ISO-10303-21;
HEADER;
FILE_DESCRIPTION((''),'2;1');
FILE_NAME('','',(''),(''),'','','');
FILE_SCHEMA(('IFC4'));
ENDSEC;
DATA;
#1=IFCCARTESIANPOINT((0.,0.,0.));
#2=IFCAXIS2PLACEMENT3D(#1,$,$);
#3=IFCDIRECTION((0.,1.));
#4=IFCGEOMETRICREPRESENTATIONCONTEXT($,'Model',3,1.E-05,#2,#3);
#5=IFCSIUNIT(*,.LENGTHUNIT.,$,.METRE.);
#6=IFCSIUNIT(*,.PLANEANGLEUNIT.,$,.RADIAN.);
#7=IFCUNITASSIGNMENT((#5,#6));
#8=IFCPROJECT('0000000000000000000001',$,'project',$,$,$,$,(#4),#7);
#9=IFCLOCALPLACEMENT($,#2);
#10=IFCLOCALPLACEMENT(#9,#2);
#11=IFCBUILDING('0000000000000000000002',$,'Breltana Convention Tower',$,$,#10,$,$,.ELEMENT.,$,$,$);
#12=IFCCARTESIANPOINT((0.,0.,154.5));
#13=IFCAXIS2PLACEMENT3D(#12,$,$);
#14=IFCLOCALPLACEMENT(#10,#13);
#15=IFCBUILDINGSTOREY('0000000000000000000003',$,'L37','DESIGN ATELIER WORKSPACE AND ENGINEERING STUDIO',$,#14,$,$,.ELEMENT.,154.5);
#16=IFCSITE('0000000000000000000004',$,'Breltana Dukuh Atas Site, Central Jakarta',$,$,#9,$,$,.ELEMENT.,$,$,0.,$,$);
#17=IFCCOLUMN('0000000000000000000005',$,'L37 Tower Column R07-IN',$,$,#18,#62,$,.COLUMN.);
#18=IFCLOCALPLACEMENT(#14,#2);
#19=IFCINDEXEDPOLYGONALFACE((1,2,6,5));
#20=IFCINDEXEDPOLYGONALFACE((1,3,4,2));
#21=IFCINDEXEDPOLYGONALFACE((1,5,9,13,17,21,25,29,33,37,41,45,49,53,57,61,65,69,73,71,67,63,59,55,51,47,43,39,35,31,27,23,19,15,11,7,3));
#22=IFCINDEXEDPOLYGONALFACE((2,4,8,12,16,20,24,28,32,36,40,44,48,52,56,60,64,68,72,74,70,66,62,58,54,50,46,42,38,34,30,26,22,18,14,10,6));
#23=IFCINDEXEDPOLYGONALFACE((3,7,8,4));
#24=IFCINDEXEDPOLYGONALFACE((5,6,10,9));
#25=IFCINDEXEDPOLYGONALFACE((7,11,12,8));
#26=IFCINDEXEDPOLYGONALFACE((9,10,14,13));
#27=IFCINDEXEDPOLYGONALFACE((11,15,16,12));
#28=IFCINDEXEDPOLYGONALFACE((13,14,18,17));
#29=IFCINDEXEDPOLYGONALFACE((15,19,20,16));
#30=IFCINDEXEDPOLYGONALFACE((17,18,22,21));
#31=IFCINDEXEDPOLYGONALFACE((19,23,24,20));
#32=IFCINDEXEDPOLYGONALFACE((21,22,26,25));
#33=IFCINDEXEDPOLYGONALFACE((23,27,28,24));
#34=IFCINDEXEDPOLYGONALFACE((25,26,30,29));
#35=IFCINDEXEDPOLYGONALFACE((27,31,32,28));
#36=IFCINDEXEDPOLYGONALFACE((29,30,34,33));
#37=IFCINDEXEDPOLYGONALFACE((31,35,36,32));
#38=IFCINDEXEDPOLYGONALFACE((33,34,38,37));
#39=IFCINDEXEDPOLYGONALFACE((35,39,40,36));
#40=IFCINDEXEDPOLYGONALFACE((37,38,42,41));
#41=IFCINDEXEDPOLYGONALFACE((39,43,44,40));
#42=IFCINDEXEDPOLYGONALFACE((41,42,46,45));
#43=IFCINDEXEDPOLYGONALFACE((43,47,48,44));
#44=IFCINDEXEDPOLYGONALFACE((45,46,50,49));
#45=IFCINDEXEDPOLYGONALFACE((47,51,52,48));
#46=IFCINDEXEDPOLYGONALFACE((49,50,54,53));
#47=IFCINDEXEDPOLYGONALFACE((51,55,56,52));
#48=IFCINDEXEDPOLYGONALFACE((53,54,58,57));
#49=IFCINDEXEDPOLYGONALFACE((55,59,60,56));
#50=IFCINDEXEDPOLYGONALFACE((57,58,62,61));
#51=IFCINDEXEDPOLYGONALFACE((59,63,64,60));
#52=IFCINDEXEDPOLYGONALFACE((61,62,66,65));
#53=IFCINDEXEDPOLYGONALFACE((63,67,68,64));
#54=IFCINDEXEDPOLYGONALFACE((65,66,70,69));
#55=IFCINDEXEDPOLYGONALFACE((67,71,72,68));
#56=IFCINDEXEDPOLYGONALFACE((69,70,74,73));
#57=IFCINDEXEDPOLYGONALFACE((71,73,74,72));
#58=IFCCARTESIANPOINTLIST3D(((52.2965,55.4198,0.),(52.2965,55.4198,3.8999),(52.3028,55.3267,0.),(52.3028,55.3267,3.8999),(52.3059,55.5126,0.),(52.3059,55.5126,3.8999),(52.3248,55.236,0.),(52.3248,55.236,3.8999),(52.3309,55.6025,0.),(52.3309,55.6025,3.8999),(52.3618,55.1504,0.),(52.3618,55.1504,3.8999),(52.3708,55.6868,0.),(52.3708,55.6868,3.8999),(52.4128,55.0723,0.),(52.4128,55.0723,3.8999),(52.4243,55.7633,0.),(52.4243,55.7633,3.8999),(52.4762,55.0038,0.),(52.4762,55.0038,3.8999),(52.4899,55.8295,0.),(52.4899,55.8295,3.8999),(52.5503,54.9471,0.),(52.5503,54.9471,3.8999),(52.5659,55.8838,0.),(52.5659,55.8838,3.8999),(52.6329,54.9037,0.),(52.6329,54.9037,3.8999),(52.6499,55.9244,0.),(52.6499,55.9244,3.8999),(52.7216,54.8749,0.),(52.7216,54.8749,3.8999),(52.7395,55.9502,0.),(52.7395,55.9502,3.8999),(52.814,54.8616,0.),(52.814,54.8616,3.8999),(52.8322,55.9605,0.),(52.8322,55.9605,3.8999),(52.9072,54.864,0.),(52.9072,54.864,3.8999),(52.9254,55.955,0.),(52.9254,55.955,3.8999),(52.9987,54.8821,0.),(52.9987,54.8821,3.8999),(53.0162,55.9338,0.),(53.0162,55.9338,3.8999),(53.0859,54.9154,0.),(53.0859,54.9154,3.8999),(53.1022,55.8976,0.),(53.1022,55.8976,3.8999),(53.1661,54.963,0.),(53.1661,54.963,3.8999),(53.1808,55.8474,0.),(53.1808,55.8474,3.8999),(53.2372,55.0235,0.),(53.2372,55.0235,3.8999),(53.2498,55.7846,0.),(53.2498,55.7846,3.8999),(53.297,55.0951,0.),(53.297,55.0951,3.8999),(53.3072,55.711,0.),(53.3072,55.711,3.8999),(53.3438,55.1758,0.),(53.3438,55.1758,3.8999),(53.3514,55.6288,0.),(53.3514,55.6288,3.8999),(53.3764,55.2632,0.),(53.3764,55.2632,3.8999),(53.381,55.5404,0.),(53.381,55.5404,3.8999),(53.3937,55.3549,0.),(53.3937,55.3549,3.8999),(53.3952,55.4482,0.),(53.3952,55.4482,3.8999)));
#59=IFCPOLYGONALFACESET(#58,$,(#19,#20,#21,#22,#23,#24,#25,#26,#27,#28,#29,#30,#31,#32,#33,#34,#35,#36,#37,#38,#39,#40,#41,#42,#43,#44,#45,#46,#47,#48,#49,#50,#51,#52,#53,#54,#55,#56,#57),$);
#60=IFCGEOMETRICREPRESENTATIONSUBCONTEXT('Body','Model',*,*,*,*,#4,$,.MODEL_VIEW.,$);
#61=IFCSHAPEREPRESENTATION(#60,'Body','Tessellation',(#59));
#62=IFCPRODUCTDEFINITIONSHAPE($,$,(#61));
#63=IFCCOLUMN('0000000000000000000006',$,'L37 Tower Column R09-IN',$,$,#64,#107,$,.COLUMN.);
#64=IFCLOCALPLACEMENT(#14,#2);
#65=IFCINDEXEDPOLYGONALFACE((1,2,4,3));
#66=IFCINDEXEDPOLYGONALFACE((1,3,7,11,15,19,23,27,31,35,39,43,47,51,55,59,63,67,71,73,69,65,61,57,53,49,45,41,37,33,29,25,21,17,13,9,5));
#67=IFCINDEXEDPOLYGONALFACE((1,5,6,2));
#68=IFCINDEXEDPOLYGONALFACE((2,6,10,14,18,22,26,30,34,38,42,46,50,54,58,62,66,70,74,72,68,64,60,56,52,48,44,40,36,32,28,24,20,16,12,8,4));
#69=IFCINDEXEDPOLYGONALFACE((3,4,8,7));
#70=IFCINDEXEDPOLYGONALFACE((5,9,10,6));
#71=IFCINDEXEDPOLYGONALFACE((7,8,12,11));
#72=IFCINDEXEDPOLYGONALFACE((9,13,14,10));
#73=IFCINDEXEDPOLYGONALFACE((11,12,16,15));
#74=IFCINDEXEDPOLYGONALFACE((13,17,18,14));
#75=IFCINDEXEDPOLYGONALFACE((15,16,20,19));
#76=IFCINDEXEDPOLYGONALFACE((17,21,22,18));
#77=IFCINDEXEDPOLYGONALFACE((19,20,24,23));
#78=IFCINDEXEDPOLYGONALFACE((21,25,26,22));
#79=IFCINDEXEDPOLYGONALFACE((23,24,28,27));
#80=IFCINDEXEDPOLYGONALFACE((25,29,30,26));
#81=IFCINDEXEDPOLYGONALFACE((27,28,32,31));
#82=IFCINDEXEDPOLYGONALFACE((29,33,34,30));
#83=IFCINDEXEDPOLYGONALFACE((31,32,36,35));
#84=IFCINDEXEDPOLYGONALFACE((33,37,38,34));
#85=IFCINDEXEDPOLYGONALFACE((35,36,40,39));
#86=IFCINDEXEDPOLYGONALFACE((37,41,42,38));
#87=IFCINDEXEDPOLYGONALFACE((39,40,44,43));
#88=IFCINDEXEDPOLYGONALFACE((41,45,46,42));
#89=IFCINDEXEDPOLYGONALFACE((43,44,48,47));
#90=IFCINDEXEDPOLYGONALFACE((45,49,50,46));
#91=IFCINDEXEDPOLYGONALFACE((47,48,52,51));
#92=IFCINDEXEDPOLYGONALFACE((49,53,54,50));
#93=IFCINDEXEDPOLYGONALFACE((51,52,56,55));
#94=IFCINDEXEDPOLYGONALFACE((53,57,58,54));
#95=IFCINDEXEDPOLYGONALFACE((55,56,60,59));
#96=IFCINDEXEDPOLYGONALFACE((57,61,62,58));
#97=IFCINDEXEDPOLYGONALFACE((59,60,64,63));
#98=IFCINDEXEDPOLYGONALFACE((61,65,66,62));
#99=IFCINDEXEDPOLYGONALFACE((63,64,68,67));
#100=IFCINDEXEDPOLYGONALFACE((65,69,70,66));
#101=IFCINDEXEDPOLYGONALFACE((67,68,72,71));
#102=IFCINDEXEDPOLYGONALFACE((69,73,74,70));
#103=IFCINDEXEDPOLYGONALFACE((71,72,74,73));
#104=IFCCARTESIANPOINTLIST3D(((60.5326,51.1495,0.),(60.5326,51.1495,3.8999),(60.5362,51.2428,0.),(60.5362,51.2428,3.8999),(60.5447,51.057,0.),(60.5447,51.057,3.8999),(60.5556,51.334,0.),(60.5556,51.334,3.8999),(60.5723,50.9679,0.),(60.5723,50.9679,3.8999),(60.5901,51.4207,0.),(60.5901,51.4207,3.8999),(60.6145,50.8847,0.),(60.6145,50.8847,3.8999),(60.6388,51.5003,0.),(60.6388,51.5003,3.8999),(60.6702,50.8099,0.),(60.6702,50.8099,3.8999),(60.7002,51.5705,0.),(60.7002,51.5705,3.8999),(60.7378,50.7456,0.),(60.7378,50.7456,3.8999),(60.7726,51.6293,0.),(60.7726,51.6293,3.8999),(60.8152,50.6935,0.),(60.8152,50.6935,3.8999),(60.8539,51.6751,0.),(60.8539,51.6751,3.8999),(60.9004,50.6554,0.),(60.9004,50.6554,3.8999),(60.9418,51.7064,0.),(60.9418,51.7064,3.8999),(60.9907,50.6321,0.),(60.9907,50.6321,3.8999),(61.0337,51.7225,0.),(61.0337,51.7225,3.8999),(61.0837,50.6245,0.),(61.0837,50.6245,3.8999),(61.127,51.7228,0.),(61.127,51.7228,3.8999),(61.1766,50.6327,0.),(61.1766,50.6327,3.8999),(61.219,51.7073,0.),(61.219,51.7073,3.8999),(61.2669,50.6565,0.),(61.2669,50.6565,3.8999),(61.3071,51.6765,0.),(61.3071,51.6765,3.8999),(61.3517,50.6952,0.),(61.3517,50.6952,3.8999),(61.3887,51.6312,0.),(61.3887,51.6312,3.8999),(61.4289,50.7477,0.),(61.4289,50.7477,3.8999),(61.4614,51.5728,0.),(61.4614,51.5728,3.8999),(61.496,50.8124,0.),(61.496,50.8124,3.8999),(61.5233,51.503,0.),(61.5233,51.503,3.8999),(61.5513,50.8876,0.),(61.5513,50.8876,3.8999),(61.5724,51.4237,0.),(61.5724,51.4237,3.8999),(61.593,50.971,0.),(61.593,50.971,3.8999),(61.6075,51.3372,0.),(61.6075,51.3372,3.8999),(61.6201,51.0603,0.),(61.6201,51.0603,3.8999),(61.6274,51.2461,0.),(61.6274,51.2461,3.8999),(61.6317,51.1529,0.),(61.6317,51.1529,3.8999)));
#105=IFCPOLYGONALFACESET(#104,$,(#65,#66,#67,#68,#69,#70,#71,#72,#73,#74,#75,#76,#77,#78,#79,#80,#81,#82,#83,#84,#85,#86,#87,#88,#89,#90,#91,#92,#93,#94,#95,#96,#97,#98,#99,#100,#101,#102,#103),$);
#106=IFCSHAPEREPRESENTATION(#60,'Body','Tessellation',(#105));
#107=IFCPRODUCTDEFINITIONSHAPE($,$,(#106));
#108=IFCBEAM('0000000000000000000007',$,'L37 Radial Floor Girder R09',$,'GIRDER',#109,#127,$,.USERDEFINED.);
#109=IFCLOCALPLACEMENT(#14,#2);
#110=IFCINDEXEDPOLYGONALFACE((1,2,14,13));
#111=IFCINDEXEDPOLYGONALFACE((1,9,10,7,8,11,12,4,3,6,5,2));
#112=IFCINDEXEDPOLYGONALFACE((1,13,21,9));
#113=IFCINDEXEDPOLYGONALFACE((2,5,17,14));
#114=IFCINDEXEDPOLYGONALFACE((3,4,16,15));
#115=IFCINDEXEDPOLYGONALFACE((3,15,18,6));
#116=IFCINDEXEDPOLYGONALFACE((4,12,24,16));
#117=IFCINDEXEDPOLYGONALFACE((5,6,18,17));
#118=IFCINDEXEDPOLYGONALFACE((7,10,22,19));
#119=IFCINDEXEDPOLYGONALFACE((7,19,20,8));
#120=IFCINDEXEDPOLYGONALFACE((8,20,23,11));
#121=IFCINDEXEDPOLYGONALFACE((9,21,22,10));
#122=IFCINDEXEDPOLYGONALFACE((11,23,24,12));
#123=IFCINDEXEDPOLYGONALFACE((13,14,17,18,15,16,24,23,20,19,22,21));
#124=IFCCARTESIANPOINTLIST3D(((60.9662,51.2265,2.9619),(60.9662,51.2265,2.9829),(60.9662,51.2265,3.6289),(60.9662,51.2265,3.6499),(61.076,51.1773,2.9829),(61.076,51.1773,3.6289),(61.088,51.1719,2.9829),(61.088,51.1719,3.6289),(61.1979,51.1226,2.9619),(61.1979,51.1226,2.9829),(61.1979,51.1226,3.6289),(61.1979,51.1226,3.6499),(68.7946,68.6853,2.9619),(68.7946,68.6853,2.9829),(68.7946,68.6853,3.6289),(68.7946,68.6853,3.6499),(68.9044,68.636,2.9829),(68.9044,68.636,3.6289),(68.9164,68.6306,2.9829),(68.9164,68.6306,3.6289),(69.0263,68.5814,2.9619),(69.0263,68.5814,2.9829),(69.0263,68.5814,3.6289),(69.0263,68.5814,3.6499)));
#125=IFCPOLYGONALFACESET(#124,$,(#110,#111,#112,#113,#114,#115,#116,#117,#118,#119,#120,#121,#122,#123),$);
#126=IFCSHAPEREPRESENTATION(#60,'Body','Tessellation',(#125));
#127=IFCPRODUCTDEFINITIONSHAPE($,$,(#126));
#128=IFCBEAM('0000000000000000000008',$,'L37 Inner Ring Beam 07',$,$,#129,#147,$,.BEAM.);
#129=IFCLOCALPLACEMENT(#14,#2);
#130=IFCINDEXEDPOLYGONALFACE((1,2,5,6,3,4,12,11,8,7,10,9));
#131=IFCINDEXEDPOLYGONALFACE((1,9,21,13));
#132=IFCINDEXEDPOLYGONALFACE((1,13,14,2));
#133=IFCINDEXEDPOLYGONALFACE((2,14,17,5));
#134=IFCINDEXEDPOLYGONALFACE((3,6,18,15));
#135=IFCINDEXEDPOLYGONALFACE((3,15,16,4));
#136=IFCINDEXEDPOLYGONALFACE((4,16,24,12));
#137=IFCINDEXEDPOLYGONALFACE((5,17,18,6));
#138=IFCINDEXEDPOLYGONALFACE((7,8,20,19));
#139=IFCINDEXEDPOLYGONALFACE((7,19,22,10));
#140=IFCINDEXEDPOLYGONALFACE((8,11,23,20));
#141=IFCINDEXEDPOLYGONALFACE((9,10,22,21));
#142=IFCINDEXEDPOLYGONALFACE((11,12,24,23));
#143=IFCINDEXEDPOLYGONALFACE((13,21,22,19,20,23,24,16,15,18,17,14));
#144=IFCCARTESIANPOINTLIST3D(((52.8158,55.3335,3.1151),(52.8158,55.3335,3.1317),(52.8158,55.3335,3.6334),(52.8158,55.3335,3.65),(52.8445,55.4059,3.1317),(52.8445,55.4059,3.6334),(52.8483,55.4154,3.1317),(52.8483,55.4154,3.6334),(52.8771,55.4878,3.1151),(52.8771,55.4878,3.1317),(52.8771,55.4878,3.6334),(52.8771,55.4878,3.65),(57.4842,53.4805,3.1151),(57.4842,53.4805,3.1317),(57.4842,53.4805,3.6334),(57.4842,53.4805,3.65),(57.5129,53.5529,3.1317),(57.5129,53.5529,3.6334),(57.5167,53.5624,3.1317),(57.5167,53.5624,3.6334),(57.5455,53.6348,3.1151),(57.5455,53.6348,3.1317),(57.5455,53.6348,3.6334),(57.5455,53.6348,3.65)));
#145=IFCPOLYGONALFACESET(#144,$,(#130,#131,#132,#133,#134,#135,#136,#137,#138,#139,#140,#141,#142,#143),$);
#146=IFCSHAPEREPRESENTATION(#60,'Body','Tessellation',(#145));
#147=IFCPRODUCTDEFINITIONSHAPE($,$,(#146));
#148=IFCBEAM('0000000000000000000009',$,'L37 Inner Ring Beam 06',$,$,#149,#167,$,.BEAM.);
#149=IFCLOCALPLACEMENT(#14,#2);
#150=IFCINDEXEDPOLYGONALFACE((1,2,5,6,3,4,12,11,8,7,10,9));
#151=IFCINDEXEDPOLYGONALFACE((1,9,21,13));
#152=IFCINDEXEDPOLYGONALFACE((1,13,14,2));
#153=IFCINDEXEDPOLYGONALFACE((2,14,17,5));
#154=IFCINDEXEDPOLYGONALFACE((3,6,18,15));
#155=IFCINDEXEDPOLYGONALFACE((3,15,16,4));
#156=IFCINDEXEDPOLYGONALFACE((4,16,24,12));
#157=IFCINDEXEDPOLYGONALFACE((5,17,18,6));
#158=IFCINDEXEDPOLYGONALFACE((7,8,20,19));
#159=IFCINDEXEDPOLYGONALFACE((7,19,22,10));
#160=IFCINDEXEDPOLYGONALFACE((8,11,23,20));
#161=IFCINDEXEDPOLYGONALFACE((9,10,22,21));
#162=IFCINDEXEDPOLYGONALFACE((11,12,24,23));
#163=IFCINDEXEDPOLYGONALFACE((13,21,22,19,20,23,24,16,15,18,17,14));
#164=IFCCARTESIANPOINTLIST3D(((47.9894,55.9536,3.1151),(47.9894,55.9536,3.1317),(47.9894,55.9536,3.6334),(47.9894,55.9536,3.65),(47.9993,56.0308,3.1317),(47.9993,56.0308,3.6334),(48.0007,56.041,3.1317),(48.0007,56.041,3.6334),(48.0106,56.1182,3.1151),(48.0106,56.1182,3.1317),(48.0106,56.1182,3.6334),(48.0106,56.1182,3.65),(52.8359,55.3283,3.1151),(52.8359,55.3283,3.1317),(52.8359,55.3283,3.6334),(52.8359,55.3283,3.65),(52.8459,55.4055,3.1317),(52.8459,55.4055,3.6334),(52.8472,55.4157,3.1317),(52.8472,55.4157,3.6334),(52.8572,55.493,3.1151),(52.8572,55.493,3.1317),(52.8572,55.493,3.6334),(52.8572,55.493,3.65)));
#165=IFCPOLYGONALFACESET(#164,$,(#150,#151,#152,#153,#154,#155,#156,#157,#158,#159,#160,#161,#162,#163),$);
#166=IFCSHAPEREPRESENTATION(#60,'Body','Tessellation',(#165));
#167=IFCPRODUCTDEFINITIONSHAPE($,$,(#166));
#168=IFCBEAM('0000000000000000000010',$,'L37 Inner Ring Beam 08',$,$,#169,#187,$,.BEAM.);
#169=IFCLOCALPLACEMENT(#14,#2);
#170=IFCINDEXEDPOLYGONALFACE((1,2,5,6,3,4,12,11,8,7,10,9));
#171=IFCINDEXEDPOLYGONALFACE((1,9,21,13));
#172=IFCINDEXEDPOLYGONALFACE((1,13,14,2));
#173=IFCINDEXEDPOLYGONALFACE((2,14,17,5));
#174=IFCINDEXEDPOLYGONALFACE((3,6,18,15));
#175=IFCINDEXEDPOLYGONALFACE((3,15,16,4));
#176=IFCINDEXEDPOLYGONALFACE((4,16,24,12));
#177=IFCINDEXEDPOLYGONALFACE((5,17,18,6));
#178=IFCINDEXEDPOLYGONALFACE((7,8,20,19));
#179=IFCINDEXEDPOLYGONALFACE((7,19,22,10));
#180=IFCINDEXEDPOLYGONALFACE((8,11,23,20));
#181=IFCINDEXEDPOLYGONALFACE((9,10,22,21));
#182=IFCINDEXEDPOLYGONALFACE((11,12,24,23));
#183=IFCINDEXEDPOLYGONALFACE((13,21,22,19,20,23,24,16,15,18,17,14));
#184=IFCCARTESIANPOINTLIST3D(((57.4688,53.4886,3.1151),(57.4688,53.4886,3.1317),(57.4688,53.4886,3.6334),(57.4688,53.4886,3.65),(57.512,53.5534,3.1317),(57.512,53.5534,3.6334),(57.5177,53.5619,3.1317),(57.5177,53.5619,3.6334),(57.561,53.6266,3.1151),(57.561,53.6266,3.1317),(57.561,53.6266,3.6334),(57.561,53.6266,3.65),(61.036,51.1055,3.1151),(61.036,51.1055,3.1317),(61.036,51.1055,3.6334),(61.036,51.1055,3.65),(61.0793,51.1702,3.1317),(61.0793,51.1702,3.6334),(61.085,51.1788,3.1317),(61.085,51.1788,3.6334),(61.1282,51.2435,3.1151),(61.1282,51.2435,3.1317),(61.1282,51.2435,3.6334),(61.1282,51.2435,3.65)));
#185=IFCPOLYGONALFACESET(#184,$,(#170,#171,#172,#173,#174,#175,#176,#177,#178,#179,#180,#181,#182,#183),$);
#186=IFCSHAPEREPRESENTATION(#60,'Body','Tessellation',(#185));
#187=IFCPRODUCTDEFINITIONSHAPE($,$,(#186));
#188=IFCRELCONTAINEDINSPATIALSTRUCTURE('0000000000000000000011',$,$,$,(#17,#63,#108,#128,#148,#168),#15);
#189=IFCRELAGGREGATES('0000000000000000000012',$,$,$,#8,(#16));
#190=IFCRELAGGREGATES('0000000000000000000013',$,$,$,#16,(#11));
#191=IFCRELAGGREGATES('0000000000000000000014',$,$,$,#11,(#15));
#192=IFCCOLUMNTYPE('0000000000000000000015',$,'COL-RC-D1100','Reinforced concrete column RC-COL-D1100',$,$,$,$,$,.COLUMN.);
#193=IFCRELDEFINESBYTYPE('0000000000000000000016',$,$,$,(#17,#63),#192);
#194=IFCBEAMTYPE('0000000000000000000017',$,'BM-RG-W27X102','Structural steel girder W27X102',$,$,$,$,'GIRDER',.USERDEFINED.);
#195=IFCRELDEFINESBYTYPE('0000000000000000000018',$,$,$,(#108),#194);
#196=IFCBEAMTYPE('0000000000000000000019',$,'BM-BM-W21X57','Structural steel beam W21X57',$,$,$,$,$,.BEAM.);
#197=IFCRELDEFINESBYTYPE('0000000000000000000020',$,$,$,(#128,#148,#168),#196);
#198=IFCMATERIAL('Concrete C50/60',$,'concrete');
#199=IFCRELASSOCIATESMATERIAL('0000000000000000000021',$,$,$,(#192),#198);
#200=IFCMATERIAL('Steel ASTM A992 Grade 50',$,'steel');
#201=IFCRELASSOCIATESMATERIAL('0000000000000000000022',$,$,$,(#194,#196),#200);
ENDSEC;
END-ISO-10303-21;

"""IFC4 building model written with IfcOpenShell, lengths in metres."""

from ifc_helpers import new_model, si_unit, direction, frame, origin, origin_2d, place, context, subcontext, project, spatial, circle, i_section, extrude, source, transform, mapped, material, material_profile, profile_set, type_object, element, save


model = new_model("IFC4")

# Units and contexts
model_context = context("Model", 3, precision=1e-05, world=origin(), true_north=direction((0.0, 1.0)))
body_context = subcontext(model_context, "Body", "Model", "MODEL_VIEW")
ifc_project = project(units=[si_unit("LENGTHUNIT", "METRE"), si_unit("PLANEANGLEUNIT", "RADIAN")], contexts=[model_context])

# Site, building, storey
site_placement = place(None, origin())
site = spatial("IfcSite", under=ifc_project, at=site_placement, Name="Breltana Dukuh Atas Site, Central Jakarta", CompositionType="ELEMENT", RefElevation=0.0)
building_placement = place(site_placement, origin())
building = spatial("IfcBuilding", under=site, at=building_placement, Name="Breltana Convention Tower", CompositionType="ELEMENT")
storey_placement = place(building_placement, frame((0.0, 0.0, 154.5)))
storey = spatial("IfcBuildingStorey", under=building, at=storey_placement, Name="L37", Description="DESIGN ATELIER WORKSPACE AND ENGINEERING STUDIO", CompositionType="ELEMENT", Elevation=154.5)

# Columns
ifc_material_1 = material(Name="Concrete C50/60", Category="concrete")
ifc_material_profile_1 = material_profile(ifc_material_1, circle(Radius=0.55, at=origin_2d()), Name="RC-COL-D1100")
ifc_profile_set_1 = profile_set([ifc_material_profile_1], Name="Concrete C50/60")
column_type = type_object("IfcColumnType", Name="COL-RC-D1100", Description="Reinforced concrete column RC-COL-D1100", PredefinedType="COLUMN", material=ifc_profile_set_1)
shared_shape_1 = source(origin(), body_context, "Body", "SweptSolid", [
    extrude(circle(Radius=0.55, at=origin_2d()), origin(), (0.0, 0.0, 1.0), 3.8999),
])
for number, where, z_axis, x_axis, name in (
    (1, (52.8464, 55.4106, 0.0), (0.0, 0.0, 1.0), (0.143493, 0.989651, 0.0), "L37 Tower Column R07-IN"),
    (2, (61.082, 51.1746, 0.0), (0.0, 0.0, 1.0), (0.409127, 0.912477, 0.0), "L37 Tower Column R09-IN"),
):
    element("IfcColumn", number, at=place(storey_placement, frame(where, z_axis=z_axis, x_axis=x_axis)), inside=storey, type_object=column_type, Name=name, PredefinedType="COLUMN", context=body_context, shape_type="MappedRepresentation", body=[
        mapped(shared_shape_1, transform((0.0, 0.0, 0.0), scale=1.0)),
    ])

# Beams
ifc_material_2 = material(Name="Steel ASTM A992 Grade 50", Category="steel")
ifc_material_profile_2 = material_profile(ifc_material_2, i_section(OverallWidth=0.2539, OverallDepth=0.688, WebThickness=0.0132, FlangeThickness=0.021, at=origin_2d()), Name="W27X102")
ifc_profile_set_2 = profile_set([ifc_material_profile_2], Name="Steel ASTM A992 Grade 50")
beam_type_1 = type_object("IfcBeamType", Name="BM-RG-W27X102", Description="Structural steel girder W27X102", ElementType="GIRDER", PredefinedType="USERDEFINED", material=ifc_profile_set_2)
shared_shape_2 = source(origin(), body_context, "Body", "SweptSolid", [
    extrude(i_section(OverallWidth=0.2539, OverallDepth=0.688, WebThickness=0.0132, FlangeThickness=0.021, at=origin_2d()), origin(), (0.0, 0.0, 1.0), 19.1335),
])
beam_1_placement = place(storey_placement, frame((61.082, 51.1746, 3.3059), z_axis=(0.409145, 0.91247, 0.0), x_axis=(-0.91247, 0.409145, 0.0)))
element("IfcBeam", 3, at=beam_1_placement, inside=storey, type_object=beam_type_1, Name="L37 Radial Floor Girder R09", ObjectType="GIRDER", PredefinedType="USERDEFINED", context=body_context, shape_type="MappedRepresentation", body=[
    mapped(shared_shape_2, transform((0.0, 0.0, 0.0), scale=1.0)),
])
ifc_material_profile_3 = material_profile(ifc_material_2, i_section(OverallWidth=0.166, OverallDepth=0.5349, WebThickness=0.0103, FlangeThickness=0.0166, at=origin_2d()), Name="W21X57")
ifc_profile_set_3 = profile_set([ifc_material_profile_3], Name="Steel ASTM A992 Grade 50")
beam_type_2 = type_object("IfcBeamType", Name="BM-BM-W21X57", Description="Structural steel beam W21X57", PredefinedType="BEAM", material=ifc_profile_set_3)
shared_shape_3 = source(origin(), body_context, "Body", "SweptSolid", [
    extrude(i_section(OverallWidth=0.166, OverallDepth=0.5349, WebThickness=0.0103, FlangeThickness=0.0166, at=origin_2d()), origin(), (0.0, 0.0, 1.0), 5.0227),
])
beam_2_placement = place(storey_placement, frame((52.8464, 55.4106, 3.3826), z_axis=(0.929459, -0.368926, 0.0), x_axis=(0.368926, 0.929459, 0.0)))
element("IfcBeam", 4, at=beam_2_placement, inside=storey, type_object=beam_type_2, Name="L37 Inner Ring Beam 07", PredefinedType="BEAM", context=body_context, shape_type="MappedRepresentation", body=[
    mapped(shared_shape_3, transform((0.0, 0.0, 0.0), scale=1.0)),
])
shared_shape_4 = source(origin(), body_context, "Body", "SweptSolid", [
    extrude(i_section(OverallWidth=0.166, OverallDepth=0.5349, WebThickness=0.0103, FlangeThickness=0.0166, at=origin_2d()), origin(), (0.0, 0.0, 1.0), 4.8867),
])
beam_3_placement = place(storey_placement, frame((48.0, 56.0359, 3.3826), z_axis=(0.991781, -0.127951, 0.0), x_axis=(0.127951, 0.991781, 0.0)))
element("IfcBeam", 5, at=beam_3_placement, inside=storey, type_object=beam_type_2, Name="L37 Inner Ring Beam 06", PredefinedType="BEAM", context=body_context, shape_type="MappedRepresentation", body=[
    mapped(shared_shape_4, transform((0.0, 0.0, 0.0), scale=1.0)),
])
shared_shape_5 = source(origin(), body_context, "Body", "SweptSolid", [
    extrude(i_section(OverallWidth=0.166, OverallDepth=0.5349, WebThickness=0.0103, FlangeThickness=0.0166, at=origin_2d()), origin(), (0.0, 0.0, 1.0), 4.29),
])
beam_4_placement = place(storey_placement, frame((57.5149, 53.5576, 3.3826), z_axis=(0.831516, -0.555501, 0.0), x_axis=(0.555501, 0.831516, 0.0)))
element("IfcBeam", 6, at=beam_4_placement, inside=storey, type_object=beam_type_2, Name="L37 Inner Ring Beam 08", PredefinedType="BEAM", context=body_context, shape_type="MappedRepresentation", body=[
    mapped(shared_shape_5, transform((0.0, 0.0, 0.0), scale=1.0)),
])

save(model, "model.ifc")
